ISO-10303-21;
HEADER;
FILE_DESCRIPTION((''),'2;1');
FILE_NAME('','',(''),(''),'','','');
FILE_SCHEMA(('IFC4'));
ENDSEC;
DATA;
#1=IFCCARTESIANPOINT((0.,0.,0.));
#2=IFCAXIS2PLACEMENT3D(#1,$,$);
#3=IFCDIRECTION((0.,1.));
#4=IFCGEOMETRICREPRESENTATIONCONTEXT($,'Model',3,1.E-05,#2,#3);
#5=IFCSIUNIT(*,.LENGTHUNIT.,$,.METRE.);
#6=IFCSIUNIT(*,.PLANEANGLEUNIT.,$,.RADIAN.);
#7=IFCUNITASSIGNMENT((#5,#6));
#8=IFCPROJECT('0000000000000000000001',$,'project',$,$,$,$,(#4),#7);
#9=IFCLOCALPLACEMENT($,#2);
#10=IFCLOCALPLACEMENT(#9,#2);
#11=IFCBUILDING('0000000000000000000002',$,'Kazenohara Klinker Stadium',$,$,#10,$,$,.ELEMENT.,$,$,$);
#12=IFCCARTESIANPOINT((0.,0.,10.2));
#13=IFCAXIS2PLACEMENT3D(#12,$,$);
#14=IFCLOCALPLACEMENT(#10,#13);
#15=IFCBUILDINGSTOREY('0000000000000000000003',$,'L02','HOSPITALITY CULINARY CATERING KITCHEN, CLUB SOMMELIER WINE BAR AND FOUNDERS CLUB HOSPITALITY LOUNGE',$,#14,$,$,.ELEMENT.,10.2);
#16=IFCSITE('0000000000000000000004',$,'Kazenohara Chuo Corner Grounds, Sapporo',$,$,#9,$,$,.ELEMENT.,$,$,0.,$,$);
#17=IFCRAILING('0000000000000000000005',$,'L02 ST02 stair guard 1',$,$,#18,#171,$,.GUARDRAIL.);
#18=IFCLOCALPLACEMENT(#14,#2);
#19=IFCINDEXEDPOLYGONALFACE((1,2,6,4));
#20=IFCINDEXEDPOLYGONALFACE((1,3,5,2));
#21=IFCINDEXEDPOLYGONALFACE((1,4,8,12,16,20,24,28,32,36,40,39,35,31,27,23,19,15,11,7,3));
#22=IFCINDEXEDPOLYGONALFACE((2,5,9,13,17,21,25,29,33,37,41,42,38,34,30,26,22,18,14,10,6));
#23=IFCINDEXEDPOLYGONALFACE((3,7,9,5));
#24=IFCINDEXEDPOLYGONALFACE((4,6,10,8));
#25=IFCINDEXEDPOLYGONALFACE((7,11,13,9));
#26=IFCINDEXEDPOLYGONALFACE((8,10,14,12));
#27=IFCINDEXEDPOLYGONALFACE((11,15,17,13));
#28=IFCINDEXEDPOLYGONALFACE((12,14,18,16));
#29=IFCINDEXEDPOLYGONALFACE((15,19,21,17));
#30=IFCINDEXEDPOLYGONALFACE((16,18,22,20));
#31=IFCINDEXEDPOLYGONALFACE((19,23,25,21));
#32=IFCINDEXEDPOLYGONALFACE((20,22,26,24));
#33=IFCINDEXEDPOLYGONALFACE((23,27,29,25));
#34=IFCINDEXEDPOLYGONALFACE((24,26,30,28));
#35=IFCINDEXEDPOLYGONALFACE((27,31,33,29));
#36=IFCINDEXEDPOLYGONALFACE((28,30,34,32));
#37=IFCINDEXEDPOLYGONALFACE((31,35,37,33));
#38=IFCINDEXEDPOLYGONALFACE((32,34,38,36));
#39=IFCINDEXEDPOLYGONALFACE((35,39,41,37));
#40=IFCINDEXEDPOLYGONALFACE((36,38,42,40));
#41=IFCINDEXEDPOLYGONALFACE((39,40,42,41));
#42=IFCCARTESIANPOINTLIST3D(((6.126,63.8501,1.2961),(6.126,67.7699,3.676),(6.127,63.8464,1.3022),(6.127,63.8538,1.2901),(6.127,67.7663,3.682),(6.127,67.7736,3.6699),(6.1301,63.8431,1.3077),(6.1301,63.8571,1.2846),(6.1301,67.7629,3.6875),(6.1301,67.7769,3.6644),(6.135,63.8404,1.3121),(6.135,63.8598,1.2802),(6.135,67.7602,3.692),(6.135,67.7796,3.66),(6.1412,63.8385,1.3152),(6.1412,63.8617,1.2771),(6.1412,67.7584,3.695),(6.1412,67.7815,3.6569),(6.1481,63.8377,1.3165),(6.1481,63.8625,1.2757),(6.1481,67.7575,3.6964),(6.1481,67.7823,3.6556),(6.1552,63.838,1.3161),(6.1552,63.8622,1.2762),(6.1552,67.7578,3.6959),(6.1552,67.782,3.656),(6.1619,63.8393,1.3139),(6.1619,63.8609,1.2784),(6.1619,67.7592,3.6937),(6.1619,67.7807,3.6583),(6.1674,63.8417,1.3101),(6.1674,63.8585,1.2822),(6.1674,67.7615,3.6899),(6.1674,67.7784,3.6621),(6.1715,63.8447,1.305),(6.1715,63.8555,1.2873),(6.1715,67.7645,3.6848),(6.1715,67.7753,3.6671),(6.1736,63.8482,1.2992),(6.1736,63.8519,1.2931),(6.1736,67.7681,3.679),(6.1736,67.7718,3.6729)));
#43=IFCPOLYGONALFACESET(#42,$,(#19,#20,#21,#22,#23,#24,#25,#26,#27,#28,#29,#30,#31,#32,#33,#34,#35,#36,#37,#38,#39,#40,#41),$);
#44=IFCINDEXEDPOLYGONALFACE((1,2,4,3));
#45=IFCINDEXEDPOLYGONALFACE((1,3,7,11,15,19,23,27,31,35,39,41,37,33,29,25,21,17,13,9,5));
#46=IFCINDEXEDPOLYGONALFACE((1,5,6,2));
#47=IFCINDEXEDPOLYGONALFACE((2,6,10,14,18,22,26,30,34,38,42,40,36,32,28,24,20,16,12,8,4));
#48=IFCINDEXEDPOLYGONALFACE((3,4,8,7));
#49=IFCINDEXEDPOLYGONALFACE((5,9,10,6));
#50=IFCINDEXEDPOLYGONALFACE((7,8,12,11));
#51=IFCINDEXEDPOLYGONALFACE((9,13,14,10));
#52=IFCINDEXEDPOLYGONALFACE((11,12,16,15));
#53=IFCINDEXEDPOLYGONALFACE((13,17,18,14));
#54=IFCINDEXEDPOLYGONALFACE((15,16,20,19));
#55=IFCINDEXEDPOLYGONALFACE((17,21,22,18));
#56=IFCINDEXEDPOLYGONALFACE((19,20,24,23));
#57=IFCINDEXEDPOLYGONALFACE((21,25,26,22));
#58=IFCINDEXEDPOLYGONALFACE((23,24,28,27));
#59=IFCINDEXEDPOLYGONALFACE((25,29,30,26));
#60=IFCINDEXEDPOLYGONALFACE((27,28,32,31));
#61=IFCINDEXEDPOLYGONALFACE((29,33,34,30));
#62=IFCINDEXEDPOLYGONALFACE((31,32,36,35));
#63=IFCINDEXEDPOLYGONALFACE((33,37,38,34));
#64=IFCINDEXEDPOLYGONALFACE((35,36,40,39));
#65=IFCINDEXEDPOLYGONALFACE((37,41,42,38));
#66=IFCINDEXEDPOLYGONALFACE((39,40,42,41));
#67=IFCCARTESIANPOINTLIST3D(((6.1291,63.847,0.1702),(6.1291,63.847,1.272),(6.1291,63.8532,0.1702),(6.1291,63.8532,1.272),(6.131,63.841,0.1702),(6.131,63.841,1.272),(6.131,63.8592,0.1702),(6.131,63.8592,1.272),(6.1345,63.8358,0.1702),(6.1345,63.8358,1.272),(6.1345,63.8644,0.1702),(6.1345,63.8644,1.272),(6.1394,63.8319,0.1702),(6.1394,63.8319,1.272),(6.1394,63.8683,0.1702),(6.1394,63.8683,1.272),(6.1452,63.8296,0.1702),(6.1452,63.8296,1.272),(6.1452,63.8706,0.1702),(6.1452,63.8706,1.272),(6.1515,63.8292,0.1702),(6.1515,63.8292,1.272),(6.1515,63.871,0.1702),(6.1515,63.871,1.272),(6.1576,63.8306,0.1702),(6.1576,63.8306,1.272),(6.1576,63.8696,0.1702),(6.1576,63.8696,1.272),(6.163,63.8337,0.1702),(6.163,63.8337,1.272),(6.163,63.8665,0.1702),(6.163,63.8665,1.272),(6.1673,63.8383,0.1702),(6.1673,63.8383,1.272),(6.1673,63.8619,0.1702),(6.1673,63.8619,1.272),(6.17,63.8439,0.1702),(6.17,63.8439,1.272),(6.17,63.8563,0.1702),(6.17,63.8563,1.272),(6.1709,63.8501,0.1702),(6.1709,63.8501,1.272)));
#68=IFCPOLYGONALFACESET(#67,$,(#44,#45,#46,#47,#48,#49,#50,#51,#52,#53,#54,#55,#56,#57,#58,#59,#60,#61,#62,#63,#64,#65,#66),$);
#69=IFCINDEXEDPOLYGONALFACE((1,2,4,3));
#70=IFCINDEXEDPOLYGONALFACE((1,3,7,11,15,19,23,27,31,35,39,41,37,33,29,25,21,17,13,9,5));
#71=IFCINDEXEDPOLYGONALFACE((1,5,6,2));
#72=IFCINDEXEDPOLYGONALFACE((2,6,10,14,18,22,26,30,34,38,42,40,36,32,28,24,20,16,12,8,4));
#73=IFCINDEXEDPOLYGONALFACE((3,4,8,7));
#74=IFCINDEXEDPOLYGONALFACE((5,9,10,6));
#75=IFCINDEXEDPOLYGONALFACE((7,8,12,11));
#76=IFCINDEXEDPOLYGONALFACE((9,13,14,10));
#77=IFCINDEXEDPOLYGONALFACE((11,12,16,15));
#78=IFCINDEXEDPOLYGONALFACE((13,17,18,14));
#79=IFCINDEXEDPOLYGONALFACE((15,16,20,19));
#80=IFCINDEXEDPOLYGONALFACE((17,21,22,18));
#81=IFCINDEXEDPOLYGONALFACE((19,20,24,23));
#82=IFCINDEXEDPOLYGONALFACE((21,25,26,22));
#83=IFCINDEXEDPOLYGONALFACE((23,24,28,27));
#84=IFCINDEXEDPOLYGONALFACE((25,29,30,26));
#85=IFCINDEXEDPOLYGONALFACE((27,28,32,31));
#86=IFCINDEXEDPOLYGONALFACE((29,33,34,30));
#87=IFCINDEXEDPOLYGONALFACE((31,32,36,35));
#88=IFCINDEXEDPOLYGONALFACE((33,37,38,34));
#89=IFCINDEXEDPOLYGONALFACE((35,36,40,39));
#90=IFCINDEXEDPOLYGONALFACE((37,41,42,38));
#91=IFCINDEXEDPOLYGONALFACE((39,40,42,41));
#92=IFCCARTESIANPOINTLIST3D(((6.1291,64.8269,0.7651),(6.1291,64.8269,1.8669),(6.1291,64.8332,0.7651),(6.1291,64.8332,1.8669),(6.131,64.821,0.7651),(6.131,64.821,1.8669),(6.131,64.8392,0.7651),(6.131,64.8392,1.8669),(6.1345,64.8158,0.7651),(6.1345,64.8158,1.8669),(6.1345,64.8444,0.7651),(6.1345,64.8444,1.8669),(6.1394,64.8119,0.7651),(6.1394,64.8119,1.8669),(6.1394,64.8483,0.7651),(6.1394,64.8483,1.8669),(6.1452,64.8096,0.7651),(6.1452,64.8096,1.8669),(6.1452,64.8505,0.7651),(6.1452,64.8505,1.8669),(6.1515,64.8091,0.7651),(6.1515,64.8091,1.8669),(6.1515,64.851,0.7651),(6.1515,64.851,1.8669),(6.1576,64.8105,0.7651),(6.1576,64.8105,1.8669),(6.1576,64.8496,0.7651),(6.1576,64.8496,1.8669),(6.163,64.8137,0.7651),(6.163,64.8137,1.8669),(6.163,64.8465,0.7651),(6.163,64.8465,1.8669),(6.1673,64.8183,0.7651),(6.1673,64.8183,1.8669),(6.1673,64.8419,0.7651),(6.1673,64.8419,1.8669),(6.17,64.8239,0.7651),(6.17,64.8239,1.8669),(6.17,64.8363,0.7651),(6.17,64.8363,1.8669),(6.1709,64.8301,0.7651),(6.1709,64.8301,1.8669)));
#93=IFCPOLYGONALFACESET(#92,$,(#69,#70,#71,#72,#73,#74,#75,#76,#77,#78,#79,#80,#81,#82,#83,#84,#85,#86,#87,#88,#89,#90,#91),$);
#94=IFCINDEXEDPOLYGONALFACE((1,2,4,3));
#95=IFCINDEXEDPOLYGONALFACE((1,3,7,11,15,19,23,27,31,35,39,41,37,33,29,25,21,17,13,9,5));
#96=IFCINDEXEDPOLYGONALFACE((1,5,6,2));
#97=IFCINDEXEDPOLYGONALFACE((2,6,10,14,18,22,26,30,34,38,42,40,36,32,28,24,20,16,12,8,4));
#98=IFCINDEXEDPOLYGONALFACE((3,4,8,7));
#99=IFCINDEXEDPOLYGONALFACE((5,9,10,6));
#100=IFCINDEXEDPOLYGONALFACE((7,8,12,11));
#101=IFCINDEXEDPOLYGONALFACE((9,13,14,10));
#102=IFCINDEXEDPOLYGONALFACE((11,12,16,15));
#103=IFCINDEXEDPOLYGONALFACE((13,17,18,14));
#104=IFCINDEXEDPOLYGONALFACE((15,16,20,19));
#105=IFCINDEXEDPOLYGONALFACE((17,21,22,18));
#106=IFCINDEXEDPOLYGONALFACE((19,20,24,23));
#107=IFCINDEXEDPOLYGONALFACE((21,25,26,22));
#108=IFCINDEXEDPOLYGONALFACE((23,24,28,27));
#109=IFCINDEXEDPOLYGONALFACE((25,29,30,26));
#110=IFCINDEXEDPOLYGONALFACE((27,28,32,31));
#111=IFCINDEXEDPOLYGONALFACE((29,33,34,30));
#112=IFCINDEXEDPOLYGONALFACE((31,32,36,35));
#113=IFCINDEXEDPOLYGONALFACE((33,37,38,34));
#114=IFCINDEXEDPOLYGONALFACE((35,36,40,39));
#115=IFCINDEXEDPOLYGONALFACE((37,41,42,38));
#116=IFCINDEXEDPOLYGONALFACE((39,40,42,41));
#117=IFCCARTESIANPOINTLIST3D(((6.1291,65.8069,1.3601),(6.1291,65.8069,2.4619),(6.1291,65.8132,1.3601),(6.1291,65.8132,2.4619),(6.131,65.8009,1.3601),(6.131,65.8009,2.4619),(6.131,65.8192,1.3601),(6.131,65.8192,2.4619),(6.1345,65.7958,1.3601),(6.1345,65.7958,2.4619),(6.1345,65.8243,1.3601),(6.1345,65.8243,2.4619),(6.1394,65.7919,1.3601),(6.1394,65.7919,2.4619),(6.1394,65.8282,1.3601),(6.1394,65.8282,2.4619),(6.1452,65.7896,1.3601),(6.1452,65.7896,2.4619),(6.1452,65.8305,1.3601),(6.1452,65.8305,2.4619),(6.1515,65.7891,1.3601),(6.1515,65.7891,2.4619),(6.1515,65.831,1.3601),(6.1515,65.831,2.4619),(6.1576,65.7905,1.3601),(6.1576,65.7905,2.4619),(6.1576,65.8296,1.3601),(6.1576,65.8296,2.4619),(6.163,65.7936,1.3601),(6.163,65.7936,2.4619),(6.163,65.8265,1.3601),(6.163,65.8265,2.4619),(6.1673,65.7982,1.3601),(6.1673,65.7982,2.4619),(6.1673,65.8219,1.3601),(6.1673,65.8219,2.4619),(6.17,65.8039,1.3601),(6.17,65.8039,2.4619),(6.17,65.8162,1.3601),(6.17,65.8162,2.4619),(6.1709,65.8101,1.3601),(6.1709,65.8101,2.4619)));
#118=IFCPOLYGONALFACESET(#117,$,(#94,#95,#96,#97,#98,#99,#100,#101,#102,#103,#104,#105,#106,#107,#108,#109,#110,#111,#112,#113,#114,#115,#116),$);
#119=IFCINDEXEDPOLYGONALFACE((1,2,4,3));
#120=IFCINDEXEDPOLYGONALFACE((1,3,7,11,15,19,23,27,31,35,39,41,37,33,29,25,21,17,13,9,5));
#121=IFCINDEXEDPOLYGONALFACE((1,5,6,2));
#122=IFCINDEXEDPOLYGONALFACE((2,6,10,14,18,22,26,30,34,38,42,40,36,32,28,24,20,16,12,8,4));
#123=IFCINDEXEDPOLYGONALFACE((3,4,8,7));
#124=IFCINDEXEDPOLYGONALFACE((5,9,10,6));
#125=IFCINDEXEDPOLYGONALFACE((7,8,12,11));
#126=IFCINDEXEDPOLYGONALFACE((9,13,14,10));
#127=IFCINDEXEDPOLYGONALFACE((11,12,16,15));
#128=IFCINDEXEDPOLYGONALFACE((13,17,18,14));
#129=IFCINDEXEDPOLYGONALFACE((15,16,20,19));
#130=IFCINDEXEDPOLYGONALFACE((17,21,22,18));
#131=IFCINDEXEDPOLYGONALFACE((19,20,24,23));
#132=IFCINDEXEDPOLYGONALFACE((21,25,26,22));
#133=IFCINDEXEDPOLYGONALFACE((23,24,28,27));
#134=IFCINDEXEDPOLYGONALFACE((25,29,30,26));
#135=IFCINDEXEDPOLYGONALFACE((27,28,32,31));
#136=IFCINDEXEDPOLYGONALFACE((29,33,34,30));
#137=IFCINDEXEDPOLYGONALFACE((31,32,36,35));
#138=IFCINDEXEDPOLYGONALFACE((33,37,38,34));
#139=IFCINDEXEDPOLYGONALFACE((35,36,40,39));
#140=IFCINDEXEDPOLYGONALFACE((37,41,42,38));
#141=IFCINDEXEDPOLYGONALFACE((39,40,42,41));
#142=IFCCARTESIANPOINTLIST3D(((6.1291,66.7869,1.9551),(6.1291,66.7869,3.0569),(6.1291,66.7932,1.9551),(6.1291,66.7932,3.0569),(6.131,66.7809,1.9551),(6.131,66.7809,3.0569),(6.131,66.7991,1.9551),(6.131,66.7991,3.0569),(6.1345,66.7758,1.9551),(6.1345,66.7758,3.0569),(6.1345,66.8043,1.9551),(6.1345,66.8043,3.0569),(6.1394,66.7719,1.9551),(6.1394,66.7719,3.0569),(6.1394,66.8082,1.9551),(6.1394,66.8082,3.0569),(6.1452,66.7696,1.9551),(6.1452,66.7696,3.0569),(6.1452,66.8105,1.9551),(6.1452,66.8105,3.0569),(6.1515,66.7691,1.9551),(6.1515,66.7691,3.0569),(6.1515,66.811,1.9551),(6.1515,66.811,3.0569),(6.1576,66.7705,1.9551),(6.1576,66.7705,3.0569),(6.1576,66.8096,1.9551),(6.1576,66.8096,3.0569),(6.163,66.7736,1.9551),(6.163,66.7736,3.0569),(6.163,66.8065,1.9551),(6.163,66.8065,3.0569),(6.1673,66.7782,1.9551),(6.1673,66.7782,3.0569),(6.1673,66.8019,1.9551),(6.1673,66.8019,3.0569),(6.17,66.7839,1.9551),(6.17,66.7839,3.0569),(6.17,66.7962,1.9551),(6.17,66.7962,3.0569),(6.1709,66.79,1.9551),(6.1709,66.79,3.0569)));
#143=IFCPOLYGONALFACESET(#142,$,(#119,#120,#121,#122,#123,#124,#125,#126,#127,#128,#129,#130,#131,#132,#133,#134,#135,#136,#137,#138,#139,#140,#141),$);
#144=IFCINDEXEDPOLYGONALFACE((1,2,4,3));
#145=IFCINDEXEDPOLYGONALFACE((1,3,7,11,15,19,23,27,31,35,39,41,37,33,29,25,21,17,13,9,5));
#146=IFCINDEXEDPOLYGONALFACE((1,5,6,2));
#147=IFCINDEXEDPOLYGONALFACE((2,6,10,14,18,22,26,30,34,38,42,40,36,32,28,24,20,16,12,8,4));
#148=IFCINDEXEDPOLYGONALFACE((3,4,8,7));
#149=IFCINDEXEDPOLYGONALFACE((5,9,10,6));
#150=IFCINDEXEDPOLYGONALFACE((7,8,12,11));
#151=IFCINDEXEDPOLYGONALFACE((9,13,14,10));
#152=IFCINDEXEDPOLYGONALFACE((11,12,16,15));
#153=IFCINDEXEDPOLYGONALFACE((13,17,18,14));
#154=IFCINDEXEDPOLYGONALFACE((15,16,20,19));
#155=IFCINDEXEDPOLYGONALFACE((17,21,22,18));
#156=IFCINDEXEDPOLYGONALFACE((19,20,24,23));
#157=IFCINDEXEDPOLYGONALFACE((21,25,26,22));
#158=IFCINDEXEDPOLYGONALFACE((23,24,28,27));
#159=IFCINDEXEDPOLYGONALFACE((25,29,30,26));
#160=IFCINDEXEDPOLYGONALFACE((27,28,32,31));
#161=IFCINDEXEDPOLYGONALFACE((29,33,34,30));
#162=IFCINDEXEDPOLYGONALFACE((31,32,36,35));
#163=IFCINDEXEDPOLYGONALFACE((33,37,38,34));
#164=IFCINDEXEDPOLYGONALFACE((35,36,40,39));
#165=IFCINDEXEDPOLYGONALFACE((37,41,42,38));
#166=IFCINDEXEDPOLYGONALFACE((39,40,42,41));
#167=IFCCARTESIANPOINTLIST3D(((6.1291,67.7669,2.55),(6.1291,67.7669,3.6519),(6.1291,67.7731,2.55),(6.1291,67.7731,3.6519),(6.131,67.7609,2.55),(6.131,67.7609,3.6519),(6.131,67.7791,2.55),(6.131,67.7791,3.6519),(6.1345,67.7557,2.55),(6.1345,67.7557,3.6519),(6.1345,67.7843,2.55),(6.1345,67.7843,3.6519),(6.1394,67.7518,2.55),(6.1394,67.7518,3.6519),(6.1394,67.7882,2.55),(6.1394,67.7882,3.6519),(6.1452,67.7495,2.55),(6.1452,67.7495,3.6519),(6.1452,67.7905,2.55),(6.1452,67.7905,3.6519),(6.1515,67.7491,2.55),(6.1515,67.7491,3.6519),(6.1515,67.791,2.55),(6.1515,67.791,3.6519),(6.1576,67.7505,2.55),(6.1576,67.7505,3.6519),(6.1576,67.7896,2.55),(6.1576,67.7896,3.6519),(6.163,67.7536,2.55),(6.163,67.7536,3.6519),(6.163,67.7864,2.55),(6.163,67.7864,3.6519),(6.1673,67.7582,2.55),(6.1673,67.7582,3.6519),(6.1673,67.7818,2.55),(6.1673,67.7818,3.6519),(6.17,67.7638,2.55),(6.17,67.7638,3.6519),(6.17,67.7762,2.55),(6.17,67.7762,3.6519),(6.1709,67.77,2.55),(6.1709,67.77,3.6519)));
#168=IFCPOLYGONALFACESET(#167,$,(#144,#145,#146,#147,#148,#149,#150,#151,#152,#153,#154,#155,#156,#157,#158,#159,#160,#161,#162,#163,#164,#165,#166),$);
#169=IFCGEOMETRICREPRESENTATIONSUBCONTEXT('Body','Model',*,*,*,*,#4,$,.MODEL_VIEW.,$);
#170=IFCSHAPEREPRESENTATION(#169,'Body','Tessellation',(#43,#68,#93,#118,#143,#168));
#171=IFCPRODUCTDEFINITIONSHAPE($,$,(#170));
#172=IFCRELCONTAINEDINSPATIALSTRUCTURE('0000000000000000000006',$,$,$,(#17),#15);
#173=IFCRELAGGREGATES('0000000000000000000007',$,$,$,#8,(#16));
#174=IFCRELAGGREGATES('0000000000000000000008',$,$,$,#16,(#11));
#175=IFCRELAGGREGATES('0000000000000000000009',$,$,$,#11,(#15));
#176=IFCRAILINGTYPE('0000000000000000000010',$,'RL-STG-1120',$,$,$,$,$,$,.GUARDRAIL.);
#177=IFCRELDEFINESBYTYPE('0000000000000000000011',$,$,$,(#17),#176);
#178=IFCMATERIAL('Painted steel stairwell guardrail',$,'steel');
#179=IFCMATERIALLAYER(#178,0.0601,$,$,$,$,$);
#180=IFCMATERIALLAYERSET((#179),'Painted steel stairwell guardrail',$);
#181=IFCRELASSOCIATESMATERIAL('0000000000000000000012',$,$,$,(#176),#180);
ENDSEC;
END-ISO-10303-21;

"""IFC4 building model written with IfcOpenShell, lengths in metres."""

from ifc_helpers import new_model, si_unit, direction, frame, origin, origin_2d, place, context, subcontext, project, spatial, circle, extrude, material, layer, layer_set, type_object, element, save


model = new_model("IFC4")

# Units and contexts
model_context = context("Model", 3, precision=1e-05, world=origin(), true_north=direction((0.0, 1.0)))
body_context = subcontext(model_context, "Body", "Model", "MODEL_VIEW")
ifc_project = project(units=[si_unit("LENGTHUNIT", "METRE"), si_unit("PLANEANGLEUNIT", "RADIAN")], contexts=[model_context])

# Site, building, storey
site_placement = place(None, origin())
site = spatial("IfcSite", under=ifc_project, at=site_placement, Name="Kazenohara Chuo Corner Grounds, Sapporo", CompositionType="ELEMENT", RefElevation=0.0)
building_placement = place(site_placement, origin())
building = spatial("IfcBuilding", under=site, at=building_placement, Name="Kazenohara Klinker Stadium", CompositionType="ELEMENT")
storey_placement = place(building_placement, frame((0.0, 0.0, 10.2)))
storey = spatial("IfcBuildingStorey", under=building, at=storey_placement, Name="L02", Description="HOSPITALITY CULINARY CATERING KITCHEN, CLUB SOMMELIER WINE BAR AND FOUNDERS CLUB HOSPITALITY LOUNGE", CompositionType="ELEMENT", Elevation=10.2)

# Railing
ifc_material_1 = material(Name="Painted steel stairwell guardrail", Category="steel")
ifc_layer_1 = layer(ifc_material_1, 0.0601)
ifc_layer_set_1 = layer_set([ifc_layer_1], Name="Painted steel stairwell guardrail")
railing_type_1 = type_object("IfcRailingType", Name="RL-STG-1120", PredefinedType="GUARDRAIL", material=ifc_layer_set_1)
railing_1_placement = place(storey_placement, frame((6.1499, 63.8501, 0.1702)))
element("IfcRailing", 1, at=railing_1_placement, inside=storey, type_object=railing_type_1, Name="L02 ST02 stair guard 1", PredefinedType="GUARDRAIL", context=body_context, shape_type="SweptSolid", body=[
    extrude(circle(Radius=0.0239, at=origin_2d()), frame((0.0, 0.0, 1.126), z_axis=(0.0, 0.854794, 0.518967), x_axis=(-1.0, 0.0, 0.0)), (0.0, 0.0, 1.0), 4.5857),
    extrude(circle(Radius=0.021, at=origin_2d()), origin(), (0.0, 0.0, 1.0), 1.1018),
    extrude(circle(Radius=0.021, at=origin_2d()), frame((0.0, 0.98, 0.595)), (0.0, 0.0, 1.0), 1.1018),
    extrude(circle(Radius=0.021, at=origin_2d()), frame((0.0, 1.96, 1.1899)), (0.0, 0.0, 1.0), 1.1018),
    extrude(circle(Radius=0.021, at=origin_2d()), frame((0.0, 2.9399, 1.7849)), (0.0, 0.0, 1.0), 1.1018),
    extrude(circle(Radius=0.021, at=origin_2d()), frame((0.0, 3.9199, 2.3799)), (0.0, 0.0, 1.0), 1.1018),
])

save(model, "model.ifc")
